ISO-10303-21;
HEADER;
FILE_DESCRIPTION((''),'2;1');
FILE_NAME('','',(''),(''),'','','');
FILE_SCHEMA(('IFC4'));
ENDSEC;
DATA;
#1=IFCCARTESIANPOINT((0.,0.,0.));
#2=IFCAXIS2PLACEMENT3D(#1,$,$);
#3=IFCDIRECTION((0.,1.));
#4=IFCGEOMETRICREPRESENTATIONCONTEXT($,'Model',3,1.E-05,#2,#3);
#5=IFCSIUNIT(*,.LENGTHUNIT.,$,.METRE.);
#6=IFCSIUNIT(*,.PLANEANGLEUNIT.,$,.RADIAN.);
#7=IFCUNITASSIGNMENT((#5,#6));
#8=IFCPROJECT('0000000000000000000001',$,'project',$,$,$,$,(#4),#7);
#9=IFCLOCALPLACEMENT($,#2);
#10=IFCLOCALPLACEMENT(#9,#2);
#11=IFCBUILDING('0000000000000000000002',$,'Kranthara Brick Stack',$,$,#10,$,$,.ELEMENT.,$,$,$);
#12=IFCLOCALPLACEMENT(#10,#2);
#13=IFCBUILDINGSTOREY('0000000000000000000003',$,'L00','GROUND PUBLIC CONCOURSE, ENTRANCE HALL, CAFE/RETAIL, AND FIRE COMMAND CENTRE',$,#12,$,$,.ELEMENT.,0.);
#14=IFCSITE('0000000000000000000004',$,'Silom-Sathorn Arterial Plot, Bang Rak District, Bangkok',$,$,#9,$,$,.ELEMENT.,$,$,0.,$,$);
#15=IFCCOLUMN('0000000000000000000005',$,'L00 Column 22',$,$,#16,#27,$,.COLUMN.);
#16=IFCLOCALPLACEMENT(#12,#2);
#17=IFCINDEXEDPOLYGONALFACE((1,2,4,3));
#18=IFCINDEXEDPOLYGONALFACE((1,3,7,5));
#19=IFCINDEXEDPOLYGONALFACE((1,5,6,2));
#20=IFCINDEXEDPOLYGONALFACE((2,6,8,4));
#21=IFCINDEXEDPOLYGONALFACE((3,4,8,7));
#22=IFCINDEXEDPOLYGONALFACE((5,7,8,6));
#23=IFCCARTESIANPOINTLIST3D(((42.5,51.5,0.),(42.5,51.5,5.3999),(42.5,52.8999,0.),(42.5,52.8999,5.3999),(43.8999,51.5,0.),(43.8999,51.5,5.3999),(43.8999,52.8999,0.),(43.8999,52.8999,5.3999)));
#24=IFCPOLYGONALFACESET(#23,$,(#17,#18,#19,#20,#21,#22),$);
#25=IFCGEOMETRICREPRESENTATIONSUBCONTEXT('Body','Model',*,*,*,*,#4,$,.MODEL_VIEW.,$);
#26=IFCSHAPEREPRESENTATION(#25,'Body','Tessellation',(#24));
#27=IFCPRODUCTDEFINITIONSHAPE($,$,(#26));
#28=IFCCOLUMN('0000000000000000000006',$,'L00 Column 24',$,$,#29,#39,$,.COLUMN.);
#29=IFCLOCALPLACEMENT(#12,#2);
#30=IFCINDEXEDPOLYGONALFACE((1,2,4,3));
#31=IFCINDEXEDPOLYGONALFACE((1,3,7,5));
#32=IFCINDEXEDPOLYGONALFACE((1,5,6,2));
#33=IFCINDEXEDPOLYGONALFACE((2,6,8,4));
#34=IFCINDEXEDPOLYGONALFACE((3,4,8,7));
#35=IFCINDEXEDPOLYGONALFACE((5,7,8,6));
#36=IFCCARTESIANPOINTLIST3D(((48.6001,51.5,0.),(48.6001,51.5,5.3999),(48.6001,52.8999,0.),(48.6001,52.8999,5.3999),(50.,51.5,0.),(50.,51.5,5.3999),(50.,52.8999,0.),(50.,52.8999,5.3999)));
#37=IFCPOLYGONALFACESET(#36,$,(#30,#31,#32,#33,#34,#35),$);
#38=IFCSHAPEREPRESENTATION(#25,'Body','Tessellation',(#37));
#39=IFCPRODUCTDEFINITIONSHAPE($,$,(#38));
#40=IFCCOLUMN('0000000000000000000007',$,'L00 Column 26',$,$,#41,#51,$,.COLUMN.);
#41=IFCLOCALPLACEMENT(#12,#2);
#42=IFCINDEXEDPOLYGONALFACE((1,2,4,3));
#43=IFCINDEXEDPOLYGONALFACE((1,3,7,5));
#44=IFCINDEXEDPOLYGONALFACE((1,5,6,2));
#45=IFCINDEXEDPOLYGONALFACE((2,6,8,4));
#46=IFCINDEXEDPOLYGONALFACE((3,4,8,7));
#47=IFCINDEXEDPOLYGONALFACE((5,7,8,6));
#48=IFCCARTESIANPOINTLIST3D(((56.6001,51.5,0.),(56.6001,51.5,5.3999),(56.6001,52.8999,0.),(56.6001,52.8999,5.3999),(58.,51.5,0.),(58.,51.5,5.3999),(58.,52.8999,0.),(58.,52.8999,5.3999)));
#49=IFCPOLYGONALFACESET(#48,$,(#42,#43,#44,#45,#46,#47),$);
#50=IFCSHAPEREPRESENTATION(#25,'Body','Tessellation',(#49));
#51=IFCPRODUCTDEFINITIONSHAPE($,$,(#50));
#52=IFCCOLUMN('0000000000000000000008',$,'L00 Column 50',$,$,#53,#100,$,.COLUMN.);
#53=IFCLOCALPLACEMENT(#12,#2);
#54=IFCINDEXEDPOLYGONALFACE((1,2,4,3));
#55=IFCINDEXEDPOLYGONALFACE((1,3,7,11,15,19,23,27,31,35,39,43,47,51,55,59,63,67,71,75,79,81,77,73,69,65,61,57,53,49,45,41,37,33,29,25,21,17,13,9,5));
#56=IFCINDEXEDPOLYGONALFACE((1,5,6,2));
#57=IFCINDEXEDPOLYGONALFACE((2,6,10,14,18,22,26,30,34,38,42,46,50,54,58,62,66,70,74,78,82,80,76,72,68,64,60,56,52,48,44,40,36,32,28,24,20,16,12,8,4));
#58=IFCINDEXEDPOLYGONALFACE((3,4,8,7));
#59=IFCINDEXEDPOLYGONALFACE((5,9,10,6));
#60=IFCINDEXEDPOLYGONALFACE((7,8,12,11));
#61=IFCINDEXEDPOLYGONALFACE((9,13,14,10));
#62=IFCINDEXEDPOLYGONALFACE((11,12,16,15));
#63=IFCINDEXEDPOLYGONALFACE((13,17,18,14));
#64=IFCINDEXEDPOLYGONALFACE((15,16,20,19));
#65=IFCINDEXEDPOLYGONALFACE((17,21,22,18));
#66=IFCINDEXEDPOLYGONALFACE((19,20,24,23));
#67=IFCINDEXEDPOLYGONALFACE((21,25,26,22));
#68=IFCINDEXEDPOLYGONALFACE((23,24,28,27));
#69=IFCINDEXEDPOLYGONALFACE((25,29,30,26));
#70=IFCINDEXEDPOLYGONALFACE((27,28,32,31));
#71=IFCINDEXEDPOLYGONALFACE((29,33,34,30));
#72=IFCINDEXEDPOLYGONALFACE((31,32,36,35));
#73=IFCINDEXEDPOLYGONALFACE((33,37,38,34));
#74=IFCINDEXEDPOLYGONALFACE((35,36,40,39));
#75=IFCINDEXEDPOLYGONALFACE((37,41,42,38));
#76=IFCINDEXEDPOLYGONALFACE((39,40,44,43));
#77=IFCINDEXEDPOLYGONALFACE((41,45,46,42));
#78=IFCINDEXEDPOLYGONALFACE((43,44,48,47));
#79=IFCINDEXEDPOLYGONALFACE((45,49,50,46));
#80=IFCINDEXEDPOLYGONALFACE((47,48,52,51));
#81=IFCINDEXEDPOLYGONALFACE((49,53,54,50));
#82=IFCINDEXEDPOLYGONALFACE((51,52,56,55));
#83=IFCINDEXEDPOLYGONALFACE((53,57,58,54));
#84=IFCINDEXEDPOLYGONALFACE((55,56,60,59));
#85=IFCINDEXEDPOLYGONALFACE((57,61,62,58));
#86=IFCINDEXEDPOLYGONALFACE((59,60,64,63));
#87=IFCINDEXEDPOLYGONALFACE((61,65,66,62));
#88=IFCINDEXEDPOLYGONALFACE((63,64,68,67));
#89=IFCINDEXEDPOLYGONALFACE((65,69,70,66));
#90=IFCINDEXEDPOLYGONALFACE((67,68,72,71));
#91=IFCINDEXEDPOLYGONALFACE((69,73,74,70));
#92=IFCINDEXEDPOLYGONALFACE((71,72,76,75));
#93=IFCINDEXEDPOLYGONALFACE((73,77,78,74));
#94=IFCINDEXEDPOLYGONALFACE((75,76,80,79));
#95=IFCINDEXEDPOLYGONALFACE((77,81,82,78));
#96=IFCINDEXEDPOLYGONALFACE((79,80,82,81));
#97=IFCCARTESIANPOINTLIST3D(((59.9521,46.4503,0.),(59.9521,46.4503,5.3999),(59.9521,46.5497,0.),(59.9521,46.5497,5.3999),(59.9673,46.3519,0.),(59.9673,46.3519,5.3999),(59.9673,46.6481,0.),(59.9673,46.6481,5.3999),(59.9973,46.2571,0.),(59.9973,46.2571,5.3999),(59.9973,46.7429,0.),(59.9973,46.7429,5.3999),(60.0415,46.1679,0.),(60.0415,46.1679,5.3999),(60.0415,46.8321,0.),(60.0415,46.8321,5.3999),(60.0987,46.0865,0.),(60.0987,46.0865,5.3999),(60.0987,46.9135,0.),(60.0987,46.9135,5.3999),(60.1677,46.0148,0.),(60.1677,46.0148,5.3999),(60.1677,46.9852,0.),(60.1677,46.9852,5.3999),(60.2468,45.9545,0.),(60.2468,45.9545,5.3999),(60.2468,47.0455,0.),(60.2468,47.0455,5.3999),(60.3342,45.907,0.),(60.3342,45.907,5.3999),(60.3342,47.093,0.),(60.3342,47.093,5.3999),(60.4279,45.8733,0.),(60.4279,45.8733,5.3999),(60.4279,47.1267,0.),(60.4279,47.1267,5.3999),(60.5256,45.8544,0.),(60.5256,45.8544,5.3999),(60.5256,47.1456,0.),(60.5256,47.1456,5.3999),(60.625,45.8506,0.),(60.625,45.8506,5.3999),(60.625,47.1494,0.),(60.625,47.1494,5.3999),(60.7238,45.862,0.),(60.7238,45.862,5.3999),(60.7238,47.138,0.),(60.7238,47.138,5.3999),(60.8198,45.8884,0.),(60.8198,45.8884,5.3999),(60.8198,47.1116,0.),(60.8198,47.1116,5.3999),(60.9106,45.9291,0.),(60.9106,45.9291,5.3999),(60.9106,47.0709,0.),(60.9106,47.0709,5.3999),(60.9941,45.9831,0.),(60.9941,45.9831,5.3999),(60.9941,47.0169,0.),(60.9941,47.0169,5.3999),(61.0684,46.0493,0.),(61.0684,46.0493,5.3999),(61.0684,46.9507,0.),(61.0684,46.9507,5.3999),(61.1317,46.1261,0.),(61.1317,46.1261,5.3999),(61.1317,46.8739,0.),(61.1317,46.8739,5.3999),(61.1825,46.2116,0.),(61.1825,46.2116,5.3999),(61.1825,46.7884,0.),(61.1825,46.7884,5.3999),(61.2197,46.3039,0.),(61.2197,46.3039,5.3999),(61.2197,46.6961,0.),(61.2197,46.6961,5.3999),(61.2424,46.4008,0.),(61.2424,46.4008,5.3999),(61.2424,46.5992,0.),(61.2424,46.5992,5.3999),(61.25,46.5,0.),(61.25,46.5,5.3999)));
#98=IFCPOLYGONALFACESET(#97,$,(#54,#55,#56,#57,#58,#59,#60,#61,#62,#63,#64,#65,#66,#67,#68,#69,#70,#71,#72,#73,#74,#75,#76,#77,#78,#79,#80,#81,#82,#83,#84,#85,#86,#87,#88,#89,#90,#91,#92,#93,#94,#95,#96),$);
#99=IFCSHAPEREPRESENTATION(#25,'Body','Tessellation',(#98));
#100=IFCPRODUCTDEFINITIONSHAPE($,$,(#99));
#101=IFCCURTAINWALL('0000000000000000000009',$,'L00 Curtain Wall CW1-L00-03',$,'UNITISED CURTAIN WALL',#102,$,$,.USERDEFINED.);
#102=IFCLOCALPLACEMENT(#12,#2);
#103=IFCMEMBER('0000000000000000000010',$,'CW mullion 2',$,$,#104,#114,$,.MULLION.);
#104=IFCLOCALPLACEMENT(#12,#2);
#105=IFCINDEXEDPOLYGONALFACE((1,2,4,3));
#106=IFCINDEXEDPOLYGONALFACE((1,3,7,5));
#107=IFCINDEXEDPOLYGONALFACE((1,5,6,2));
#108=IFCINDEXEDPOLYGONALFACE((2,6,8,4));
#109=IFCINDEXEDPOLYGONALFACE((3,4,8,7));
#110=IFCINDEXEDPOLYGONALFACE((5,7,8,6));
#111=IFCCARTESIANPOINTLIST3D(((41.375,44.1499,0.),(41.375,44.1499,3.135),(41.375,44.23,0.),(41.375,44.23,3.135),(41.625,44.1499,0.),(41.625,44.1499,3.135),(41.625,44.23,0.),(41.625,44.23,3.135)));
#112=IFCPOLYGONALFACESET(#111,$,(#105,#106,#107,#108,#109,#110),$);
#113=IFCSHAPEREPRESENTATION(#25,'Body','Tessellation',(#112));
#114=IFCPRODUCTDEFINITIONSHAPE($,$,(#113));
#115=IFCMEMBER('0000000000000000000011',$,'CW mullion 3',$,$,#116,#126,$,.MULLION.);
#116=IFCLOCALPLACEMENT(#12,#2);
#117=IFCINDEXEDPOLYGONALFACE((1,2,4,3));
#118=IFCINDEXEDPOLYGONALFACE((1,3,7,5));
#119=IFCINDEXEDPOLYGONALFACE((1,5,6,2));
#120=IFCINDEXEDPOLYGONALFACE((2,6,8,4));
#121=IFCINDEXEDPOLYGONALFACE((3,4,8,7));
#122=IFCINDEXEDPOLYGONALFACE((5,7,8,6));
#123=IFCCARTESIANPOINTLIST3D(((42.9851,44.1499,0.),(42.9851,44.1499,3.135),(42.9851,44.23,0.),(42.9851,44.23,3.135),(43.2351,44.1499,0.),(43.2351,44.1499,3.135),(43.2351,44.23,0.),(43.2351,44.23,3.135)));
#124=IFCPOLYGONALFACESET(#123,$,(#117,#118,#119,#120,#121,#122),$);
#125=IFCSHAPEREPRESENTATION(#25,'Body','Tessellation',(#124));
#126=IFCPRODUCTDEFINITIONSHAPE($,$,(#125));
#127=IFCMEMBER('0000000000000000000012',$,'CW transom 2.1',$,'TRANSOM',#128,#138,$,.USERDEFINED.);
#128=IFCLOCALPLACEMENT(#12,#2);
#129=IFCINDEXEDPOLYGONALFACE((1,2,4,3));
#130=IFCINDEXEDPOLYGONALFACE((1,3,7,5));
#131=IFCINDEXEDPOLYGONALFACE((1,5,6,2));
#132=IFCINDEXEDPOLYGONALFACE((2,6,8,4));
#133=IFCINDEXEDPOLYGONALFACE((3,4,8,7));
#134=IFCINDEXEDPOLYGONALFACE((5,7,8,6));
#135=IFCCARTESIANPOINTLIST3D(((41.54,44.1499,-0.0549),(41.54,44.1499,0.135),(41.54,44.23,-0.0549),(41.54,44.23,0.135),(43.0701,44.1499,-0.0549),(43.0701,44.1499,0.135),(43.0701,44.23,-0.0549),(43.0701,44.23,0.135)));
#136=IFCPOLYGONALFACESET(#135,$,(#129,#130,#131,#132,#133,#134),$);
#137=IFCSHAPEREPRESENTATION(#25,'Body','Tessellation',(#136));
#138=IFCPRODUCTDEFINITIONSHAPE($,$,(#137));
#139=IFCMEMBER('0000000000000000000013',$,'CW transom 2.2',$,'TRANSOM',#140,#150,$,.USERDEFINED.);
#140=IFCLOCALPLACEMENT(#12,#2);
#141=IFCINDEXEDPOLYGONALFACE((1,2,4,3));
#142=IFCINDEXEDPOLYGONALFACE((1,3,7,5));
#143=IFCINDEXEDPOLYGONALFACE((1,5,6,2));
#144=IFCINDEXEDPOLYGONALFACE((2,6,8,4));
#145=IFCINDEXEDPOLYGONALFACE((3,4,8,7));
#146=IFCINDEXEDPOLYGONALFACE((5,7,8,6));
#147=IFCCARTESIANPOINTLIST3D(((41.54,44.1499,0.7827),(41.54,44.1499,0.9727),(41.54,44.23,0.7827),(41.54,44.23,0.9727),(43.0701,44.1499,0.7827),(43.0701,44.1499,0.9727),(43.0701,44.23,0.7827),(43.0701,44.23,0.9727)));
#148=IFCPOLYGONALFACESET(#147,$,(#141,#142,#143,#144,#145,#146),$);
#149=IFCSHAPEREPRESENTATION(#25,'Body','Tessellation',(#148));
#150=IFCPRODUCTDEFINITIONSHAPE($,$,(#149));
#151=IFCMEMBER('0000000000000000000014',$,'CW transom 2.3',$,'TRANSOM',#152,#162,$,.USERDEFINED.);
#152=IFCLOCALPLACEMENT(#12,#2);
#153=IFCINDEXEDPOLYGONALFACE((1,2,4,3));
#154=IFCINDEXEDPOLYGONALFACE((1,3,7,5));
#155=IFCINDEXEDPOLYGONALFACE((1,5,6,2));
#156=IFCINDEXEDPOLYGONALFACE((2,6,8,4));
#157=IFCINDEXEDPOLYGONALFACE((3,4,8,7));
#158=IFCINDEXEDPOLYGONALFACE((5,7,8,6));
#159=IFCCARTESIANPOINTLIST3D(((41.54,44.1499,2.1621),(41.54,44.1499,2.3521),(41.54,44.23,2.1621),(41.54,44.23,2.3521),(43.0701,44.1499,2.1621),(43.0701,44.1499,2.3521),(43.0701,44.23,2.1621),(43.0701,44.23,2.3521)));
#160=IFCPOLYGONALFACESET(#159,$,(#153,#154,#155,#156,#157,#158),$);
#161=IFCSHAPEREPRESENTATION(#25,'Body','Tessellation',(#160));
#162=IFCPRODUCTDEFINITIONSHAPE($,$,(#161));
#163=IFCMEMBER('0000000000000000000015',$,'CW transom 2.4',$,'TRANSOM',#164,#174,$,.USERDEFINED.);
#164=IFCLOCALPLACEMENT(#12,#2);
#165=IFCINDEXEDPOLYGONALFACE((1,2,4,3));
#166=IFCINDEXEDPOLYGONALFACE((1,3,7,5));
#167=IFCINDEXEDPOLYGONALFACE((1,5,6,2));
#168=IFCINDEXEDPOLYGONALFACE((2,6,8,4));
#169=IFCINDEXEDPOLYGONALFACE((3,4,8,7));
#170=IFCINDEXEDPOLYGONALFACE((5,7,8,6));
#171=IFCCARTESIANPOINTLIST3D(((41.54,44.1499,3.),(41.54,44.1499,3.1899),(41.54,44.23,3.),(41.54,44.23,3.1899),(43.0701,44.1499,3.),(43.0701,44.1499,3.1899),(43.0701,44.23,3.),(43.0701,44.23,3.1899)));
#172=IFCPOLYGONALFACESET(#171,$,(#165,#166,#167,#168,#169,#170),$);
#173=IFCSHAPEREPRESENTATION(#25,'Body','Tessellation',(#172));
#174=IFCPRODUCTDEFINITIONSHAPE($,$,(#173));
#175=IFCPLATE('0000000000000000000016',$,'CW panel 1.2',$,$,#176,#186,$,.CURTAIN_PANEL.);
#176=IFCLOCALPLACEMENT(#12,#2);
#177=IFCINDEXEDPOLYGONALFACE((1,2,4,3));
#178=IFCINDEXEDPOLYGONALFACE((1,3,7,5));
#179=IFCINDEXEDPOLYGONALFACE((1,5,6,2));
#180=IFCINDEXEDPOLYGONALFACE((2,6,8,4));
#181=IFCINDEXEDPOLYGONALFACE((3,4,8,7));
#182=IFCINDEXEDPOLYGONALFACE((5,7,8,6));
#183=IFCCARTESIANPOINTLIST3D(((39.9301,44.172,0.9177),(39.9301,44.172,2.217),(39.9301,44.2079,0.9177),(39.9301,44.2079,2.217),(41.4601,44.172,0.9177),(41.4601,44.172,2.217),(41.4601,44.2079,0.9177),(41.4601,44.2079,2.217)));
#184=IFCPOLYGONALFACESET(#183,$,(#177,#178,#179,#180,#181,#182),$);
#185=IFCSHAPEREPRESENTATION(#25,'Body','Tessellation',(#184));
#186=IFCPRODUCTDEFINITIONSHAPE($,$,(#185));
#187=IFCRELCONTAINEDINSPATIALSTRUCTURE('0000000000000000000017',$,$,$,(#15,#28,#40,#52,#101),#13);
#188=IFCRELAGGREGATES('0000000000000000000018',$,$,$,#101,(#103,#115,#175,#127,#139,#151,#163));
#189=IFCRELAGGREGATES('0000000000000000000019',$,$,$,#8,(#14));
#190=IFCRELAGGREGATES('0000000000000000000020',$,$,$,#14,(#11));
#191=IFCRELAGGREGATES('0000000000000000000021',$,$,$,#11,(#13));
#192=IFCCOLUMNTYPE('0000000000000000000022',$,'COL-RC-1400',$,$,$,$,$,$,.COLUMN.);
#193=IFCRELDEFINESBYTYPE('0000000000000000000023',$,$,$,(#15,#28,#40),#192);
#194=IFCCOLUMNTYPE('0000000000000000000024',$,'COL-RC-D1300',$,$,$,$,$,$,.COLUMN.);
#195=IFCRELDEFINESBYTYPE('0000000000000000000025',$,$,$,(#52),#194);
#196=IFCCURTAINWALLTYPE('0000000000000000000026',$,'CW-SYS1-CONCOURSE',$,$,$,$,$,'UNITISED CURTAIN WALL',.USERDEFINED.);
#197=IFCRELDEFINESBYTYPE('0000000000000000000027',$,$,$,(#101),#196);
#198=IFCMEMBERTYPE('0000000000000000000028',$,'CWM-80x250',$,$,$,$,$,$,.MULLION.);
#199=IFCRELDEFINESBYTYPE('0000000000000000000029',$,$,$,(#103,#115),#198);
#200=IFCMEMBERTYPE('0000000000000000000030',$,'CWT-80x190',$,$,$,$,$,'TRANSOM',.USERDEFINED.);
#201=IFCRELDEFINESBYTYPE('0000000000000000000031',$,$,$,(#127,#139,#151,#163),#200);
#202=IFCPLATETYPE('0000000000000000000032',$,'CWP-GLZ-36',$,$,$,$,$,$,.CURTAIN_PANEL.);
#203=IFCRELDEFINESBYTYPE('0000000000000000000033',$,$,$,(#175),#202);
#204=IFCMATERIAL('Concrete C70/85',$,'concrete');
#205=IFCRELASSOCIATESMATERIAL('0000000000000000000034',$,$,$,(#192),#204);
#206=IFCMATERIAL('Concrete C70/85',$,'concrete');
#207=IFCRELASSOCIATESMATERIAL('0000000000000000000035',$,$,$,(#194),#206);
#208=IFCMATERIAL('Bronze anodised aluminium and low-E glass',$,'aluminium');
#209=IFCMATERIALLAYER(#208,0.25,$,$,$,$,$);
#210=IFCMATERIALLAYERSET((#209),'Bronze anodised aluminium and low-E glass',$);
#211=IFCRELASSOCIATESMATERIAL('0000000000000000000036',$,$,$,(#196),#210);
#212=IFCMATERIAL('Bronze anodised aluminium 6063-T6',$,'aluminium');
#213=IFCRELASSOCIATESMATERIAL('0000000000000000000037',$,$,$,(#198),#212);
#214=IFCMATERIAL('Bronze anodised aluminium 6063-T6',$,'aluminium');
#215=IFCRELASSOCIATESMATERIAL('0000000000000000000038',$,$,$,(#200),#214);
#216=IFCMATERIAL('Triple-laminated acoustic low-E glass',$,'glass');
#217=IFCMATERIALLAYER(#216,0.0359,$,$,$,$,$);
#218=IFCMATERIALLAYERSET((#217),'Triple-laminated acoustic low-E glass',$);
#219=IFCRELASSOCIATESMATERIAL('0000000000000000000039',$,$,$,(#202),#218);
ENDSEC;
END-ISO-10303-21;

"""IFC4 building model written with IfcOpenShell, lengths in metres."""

from ifc_helpers import new_model, si_unit, direction, frame, origin, origin_2d, place, context, subcontext, project, spatial, rectangle, circle, extrude, material, layer, layer_set, material_profile, profile_set, type_object, element, aggregate, save


model = new_model("IFC4")

# Units and contexts
model_context = context("Model", 3, precision=1e-05, world=origin(), true_north=direction((0.0, 1.0)))
body_context = subcontext(model_context, "Body", "Model", "MODEL_VIEW")
ifc_project = project(units=[si_unit("LENGTHUNIT", "METRE"), si_unit("PLANEANGLEUNIT", "RADIAN")], contexts=[model_context])

# Site, building, storey
site_placement = place(None, origin())
site = spatial("IfcSite", under=ifc_project, at=site_placement, Name="Silom-Sathorn Arterial Plot, Bang Rak District, Bangkok", CompositionType="ELEMENT", RefElevation=0.0)
building_placement = place(site_placement, origin())
building = spatial("IfcBuilding", under=site, at=building_placement, Name="Kranthara Brick Stack", CompositionType="ELEMENT")
storey_placement = place(building_placement, origin())
storey = spatial("IfcBuildingStorey", under=building, at=storey_placement, Name="L00", Description="GROUND PUBLIC CONCOURSE, ENTRANCE HALL, CAFE/RETAIL, AND FIRE COMMAND CENTRE", CompositionType="ELEMENT", Elevation=0.0)

# Columns
ifc_material_1 = material(Name="Concrete C70/85", Category="concrete")
ifc_material_profile_1 = material_profile(ifc_material_1, rectangle(XDim=1.3999, YDim=1.3999, at=origin_2d()), Name="RC 1400x1400")
ifc_profile_set_1 = profile_set([ifc_material_profile_1], Name="Concrete C70/85")
column_type_1 = type_object("IfcColumnType", Name="COL-RC-1400", PredefinedType="COLUMN", material=ifc_profile_set_1)
for number, where, z_axis, x_axis, name in (
    (1, (43.2, 52.2, 0.0), (0.0, 0.0, 1.0), (1.0, 0.0, 0.0), "L00 Column 22"),
    (2, (49.3, 52.2, 0.0), (0.0, 0.0, 1.0), (1.0, 0.0, 0.0), "L00 Column 24"),
    (3, (57.3, 52.2, 0.0), (0.0, 0.0, 1.0), (1.0, 0.0, 0.0), "L00 Column 26"),
):
    element("IfcColumn", number, at=place(storey_placement, frame(where, z_axis=z_axis, x_axis=x_axis)), inside=storey, type_object=column_type_1, Name=name, PredefinedType="COLUMN", context=body_context, shape_type="SweptSolid", body=[
        extrude(rectangle(XDim=1.3999, YDim=1.3999, at=origin_2d()), origin(), (0.0, 0.0, 1.0), 5.3999),
    ])
ifc_material_2 = material(Name="Concrete C70/85", Category="concrete")
ifc_material_profile_2 = material_profile(ifc_material_2, circle(Radius=0.6499, at=origin_2d()), Name="RC D1300")
ifc_profile_set_2 = profile_set([ifc_material_profile_2], Name="Concrete C70/85")
column_type_2 = type_object("IfcColumnType", Name="COL-RC-D1300", PredefinedType="COLUMN", material=ifc_profile_set_2)
column_placement = place(storey_placement, frame((60.6001, 46.5, 0.0), z_axis=(0.0, 0.0, 1.0), x_axis=(1.0, 0.0, 0.0)))
element("IfcColumn", 4, at=column_placement, inside=storey, type_object=column_type_2, Name="L00 Column 50", PredefinedType="COLUMN", context=body_context, shape_type="SweptSolid", body=[
    extrude(circle(Radius=0.6499, at=origin_2d()), origin(), (0.0, 0.0, 1.0), 5.3999),
])

# Curtain wall, members, plate
ifc_material_3 = material(Name="Bronze anodised aluminium and low-E glass", Category="aluminium")
ifc_layer_1 = layer(ifc_material_3, 0.25)
ifc_layer_set_1 = layer_set([ifc_layer_1], Name="Bronze anodised aluminium and low-E glass")
curtain_wall_type = type_object("IfcCurtainWallType", Name="CW-SYS1-CONCOURSE", ElementType="UNITISED CURTAIN WALL", PredefinedType="USERDEFINED", material=ifc_layer_set_1)
curtain_wall_placement = place(storey_placement, origin())
curtain_wall = element("IfcCurtainWall", 5, at=curtain_wall_placement, inside=storey, type_object=curtain_wall_type, Name="L00 Curtain Wall CW1-L00-03", ObjectType="UNITISED CURTAIN WALL", PredefinedType="USERDEFINED")
ifc_material_4 = material(Name="Bronze anodised aluminium 6063-T6", Category="aluminium")
ifc_material_profile_3 = material_profile(ifc_material_4, rectangle(XDim=0.0801, YDim=0.25, at=origin_2d()), Name="ALU MULLION 80x250")
ifc_profile_set_3 = profile_set([ifc_material_profile_3], Name="Bronze anodised aluminium 6063-T6")
member_type_1 = type_object("IfcMemberType", Name="CWM-80x250", PredefinedType="MULLION", material=ifc_profile_set_3)
member_1_placement = place(storey_placement, frame((41.5, 44.1899, 0.0), z_axis=(0.0, 0.0, 1.0), x_axis=(0.0, 1.0, 0.0)))
member_1 = element("IfcMember", 6, at=member_1_placement, type_object=member_type_1, Name="CW mullion 2", PredefinedType="MULLION", context=body_context, shape_type="SweptSolid", body=[
    extrude(rectangle(XDim=0.0801, YDim=0.25, at=origin_2d()), origin(), (0.0, 0.0, 1.0), 3.135),
])
member_2_placement = place(storey_placement, frame((43.1101, 44.1899, 0.0), z_axis=(0.0, 0.0, 1.0), x_axis=(0.0, 1.0, 0.0)))
member_2 = element("IfcMember", 7, at=member_2_placement, type_object=member_type_1, Name="CW mullion 3", PredefinedType="MULLION", context=body_context, shape_type="SweptSolid", body=[
    extrude(rectangle(XDim=0.0801, YDim=0.25, at=origin_2d()), origin(), (0.0, 0.0, 1.0), 3.135),
])
ifc_material_5 = material(Name="Bronze anodised aluminium 6063-T6", Category="aluminium")
ifc_material_profile_4 = material_profile(ifc_material_5, rectangle(XDim=0.0801, YDim=0.1899, at=origin_2d()), Name="ALU TRANSOM 80x190")
ifc_profile_set_4 = profile_set([ifc_material_profile_4], Name="Bronze anodised aluminium 6063-T6")
member_type_2 = type_object("IfcMemberType", Name="CWT-80x190", ElementType="TRANSOM", PredefinedType="USERDEFINED", material=ifc_profile_set_4)
member_3_placement = place(storey_placement, frame((41.54, 44.1899, 0.04), z_axis=(1.0, 0.0, 0.0), x_axis=(0.0, 1.0, 0.0)))
member_3 = element("IfcMember", 8, at=member_3_placement, type_object=member_type_2, Name="CW transom 2.1", ObjectType="TRANSOM", PredefinedType="USERDEFINED", context=body_context, shape_type="SweptSolid", body=[
    extrude(rectangle(XDim=0.0801, YDim=0.1899, at=origin_2d()), origin(), (0.0, 0.0, 1.0), 1.53),
])
member_4_placement = place(storey_placement, frame((41.54, 44.1899, 0.8777), z_axis=(1.0, 0.0, 0.0), x_axis=(0.0, 1.0, 0.0)))
member_4 = element("IfcMember", 9, at=member_4_placement, type_object=member_type_2, Name="CW transom 2.2", ObjectType="TRANSOM", PredefinedType="USERDEFINED", context=body_context, shape_type="SweptSolid", body=[
    extrude(rectangle(XDim=0.0801, YDim=0.1899, at=origin_2d()), origin(), (0.0, 0.0, 1.0), 1.53),
])
member_5_placement = place(storey_placement, frame((41.54, 44.1899, 2.2571), z_axis=(1.0, 0.0, 0.0), x_axis=(0.0, 1.0, 0.0)))
member_5 = element("IfcMember", 10, at=member_5_placement, type_object=member_type_2, Name="CW transom 2.3", ObjectType="TRANSOM", PredefinedType="USERDEFINED", context=body_context, shape_type="SweptSolid", body=[
    extrude(rectangle(XDim=0.0801, YDim=0.1899, at=origin_2d()), origin(), (0.0, 0.0, 1.0), 1.53),
])
member_6_placement = place(storey_placement, frame((41.54, 44.1899, 3.095), z_axis=(1.0, 0.0, 0.0), x_axis=(0.0, 1.0, 0.0)))
member_6 = element("IfcMember", 11, at=member_6_placement, type_object=member_type_2, Name="CW transom 2.4", ObjectType="TRANSOM", PredefinedType="USERDEFINED", context=body_context, shape_type="SweptSolid", body=[
    extrude(rectangle(XDim=0.0801, YDim=0.1899, at=origin_2d()), origin(), (0.0, 0.0, 1.0), 1.53),
])
ifc_material_6 = material(Name="Triple-laminated acoustic low-E glass", Category="glass")
ifc_layer_2 = layer(ifc_material_6, 0.0359)
ifc_layer_set_2 = layer_set([ifc_layer_2], Name="Triple-laminated acoustic low-E glass")
plate_type = type_object("IfcPlateType", Name="CWP-GLZ-36", PredefinedType="CURTAIN_PANEL", material=ifc_layer_set_2)
plate_1_placement = place(storey_placement, frame((40.6951, 44.1899, 0.9177), z_axis=(0.0, 0.0, 1.0), x_axis=(1.0, 0.0, 0.0)))
plate_1 = element("IfcPlate", 12, at=plate_1_placement, type_object=plate_type, Name="CW panel 1.2", PredefinedType="CURTAIN_PANEL", context=body_context, shape_type="SweptSolid", body=[
    extrude(rectangle(XDim=1.53, YDim=0.0359, at=origin_2d()), origin(), (0.0, 0.0, 1.0), 1.2993),
])
aggregate(curtain_wall, [member_1, member_2, plate_1, member_3, member_4, member_5, member_6])

save(model, "model.ifc")
